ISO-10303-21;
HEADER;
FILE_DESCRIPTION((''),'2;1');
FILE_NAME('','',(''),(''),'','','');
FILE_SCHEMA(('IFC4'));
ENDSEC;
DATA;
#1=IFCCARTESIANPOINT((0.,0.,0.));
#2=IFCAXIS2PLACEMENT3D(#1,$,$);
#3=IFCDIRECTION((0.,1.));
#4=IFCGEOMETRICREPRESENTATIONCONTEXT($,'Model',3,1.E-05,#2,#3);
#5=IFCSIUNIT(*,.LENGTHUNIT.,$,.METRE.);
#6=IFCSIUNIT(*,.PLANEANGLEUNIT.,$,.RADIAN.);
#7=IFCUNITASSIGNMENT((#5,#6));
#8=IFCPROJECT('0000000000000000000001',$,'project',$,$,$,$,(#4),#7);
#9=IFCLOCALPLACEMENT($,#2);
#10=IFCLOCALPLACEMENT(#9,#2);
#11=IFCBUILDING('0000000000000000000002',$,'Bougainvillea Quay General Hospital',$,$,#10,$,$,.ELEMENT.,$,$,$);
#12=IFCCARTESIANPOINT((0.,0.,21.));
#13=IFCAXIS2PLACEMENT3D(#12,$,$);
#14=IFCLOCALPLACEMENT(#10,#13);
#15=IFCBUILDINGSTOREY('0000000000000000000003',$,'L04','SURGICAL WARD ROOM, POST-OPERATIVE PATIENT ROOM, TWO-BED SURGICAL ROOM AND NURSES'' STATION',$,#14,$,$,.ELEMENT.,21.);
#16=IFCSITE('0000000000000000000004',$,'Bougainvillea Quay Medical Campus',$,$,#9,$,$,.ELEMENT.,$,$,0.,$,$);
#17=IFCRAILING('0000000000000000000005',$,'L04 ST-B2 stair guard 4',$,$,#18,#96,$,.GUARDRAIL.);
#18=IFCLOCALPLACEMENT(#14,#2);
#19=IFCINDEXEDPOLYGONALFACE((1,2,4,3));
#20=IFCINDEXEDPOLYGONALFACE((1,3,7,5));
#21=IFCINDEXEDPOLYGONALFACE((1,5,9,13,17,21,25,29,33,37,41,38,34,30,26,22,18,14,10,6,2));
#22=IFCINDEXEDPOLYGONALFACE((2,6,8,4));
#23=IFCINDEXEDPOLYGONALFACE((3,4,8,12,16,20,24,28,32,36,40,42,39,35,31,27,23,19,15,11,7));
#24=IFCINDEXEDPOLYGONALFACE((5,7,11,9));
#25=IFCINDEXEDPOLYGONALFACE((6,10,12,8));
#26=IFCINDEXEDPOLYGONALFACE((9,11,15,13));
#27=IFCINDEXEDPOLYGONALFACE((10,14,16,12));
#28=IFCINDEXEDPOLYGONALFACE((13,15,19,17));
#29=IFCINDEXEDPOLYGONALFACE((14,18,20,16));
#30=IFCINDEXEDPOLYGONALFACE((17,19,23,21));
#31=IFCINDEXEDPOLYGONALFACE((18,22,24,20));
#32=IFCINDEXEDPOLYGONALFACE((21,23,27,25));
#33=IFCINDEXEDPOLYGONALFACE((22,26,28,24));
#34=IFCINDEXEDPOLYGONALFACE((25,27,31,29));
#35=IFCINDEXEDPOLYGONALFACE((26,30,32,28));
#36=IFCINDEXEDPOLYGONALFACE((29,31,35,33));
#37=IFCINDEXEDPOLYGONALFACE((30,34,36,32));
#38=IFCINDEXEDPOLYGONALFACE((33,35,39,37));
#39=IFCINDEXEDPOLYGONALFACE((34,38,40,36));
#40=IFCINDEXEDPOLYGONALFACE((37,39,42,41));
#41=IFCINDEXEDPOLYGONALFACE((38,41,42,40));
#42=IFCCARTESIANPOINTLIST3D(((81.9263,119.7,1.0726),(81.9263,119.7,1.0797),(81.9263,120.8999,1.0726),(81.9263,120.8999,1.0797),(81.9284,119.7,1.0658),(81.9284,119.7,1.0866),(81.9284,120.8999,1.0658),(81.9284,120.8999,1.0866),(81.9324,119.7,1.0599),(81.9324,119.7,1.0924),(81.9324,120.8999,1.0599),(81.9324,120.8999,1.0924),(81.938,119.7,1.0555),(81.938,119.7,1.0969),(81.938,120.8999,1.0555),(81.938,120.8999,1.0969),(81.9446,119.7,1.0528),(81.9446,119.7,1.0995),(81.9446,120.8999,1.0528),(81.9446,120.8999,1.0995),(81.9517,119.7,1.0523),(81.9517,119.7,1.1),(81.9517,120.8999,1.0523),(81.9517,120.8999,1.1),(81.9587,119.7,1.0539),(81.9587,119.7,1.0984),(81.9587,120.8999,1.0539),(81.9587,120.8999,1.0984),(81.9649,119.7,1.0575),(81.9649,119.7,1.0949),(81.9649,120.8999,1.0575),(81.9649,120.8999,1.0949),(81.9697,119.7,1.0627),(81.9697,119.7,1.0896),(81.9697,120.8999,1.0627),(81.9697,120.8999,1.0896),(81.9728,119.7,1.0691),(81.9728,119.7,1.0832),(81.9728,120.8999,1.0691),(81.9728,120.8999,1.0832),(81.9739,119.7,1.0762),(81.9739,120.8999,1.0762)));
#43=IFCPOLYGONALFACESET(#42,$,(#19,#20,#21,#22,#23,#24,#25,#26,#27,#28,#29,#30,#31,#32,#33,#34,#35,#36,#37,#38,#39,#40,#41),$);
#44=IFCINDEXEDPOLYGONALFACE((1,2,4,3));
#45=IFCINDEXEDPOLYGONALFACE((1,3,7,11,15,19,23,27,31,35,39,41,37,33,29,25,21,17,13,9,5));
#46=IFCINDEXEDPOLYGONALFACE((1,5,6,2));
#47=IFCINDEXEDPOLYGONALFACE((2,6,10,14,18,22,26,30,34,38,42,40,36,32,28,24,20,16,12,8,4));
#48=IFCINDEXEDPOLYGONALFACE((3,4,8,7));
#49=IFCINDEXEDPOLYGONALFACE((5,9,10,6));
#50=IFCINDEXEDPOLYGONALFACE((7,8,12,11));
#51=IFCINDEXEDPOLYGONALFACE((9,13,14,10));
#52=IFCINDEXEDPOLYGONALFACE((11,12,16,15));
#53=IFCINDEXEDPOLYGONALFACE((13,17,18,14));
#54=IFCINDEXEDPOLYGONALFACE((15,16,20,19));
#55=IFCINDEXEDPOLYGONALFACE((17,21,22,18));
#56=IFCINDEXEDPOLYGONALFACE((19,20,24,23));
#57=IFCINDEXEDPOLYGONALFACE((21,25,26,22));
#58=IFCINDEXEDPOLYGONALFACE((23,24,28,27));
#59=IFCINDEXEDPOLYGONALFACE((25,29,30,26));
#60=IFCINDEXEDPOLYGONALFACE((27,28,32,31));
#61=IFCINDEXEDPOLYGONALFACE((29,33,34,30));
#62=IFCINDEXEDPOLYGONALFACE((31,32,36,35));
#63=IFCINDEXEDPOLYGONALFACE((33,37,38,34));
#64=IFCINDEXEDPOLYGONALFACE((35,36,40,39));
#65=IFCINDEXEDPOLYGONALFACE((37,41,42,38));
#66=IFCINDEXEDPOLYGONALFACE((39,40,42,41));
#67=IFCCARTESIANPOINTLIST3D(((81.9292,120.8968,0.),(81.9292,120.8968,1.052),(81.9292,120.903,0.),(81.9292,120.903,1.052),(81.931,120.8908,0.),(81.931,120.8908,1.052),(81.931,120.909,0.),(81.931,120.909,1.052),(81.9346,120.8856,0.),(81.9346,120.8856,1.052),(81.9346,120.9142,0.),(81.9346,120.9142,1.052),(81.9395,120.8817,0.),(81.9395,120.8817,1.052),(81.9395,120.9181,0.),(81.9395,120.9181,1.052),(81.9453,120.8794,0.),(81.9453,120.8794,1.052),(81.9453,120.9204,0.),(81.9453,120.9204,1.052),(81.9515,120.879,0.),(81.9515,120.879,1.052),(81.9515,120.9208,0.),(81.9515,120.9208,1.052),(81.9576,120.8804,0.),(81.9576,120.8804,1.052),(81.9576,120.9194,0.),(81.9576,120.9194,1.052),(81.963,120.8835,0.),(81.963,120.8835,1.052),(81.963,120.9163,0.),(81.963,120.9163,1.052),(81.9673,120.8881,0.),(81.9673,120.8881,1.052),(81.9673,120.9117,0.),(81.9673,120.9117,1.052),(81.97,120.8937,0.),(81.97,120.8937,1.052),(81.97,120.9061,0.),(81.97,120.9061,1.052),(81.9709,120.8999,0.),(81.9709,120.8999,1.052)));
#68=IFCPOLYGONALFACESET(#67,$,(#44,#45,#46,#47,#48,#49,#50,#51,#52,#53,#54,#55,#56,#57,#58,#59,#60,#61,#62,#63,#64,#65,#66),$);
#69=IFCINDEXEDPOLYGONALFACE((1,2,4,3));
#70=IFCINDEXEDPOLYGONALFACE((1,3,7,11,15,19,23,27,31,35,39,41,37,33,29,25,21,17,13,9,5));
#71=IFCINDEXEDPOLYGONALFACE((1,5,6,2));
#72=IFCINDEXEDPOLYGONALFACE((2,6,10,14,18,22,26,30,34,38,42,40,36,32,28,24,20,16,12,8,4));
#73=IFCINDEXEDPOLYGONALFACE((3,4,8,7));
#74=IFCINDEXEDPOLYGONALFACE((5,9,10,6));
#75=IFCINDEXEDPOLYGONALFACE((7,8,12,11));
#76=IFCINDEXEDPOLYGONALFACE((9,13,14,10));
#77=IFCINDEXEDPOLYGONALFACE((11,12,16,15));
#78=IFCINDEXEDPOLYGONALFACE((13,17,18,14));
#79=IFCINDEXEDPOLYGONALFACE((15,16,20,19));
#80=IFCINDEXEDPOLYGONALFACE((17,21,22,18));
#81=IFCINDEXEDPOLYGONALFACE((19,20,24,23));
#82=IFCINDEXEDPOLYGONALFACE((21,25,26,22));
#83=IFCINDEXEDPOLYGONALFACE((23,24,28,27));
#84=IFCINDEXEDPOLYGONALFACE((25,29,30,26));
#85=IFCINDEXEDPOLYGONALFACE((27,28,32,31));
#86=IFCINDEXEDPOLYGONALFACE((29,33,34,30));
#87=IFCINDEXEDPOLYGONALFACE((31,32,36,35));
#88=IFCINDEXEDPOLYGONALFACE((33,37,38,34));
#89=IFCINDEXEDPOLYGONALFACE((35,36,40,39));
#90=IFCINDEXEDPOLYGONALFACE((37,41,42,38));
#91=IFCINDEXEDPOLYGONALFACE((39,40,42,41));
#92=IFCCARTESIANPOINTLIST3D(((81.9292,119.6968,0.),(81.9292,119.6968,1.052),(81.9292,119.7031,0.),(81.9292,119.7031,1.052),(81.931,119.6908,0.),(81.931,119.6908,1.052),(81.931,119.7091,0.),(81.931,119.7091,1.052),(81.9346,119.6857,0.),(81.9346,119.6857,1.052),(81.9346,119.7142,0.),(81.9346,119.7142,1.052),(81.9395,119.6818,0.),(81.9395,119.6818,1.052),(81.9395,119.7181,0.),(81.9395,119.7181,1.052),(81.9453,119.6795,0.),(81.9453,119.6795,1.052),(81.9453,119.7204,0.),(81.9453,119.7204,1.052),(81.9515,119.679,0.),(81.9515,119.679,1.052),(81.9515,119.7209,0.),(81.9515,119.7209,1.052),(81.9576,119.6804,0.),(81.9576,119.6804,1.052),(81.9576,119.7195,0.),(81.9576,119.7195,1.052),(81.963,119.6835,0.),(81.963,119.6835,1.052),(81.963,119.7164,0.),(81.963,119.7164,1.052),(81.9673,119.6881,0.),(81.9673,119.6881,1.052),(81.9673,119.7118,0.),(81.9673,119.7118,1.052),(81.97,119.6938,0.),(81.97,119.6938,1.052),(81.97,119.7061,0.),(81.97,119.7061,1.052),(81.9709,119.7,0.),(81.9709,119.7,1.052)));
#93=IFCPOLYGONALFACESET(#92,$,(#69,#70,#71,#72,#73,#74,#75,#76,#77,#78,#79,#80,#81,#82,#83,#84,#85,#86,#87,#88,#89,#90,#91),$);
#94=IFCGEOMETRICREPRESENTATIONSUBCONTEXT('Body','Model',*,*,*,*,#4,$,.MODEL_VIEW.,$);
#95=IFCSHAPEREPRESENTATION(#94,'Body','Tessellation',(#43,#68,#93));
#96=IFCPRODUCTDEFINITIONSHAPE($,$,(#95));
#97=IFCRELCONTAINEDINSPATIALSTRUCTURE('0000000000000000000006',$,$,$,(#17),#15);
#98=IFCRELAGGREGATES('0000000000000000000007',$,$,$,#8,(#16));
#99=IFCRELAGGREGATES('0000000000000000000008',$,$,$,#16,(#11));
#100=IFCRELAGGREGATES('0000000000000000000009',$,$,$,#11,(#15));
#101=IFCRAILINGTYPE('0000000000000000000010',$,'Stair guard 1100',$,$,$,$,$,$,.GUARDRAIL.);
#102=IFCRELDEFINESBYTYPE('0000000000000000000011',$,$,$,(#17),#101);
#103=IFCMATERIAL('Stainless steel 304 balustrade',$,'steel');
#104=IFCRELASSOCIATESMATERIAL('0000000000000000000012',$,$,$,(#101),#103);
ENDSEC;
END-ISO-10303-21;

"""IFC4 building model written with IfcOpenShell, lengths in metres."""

from ifc_helpers import new_model, si_unit, direction, frame, origin, origin_2d, place, context, subcontext, project, spatial, circle, extrude, material, type_object, element, save


model = new_model("IFC4")

# Units and contexts
model_context = context("Model", 3, precision=1e-05, world=origin(), true_north=direction((0.0, 1.0)))
body_context = subcontext(model_context, "Body", "Model", "MODEL_VIEW")
ifc_project = project(units=[si_unit("LENGTHUNIT", "METRE"), si_unit("PLANEANGLEUNIT", "RADIAN")], contexts=[model_context])

# Site, building, storey
site_placement = place(None, origin())
site = spatial("IfcSite", under=ifc_project, at=site_placement, Name="Bougainvillea Quay Medical Campus", CompositionType="ELEMENT", RefElevation=0.0)
building_placement = place(site_placement, origin())
building = spatial("IfcBuilding", under=site, at=building_placement, Name="Bougainvillea Quay General Hospital", CompositionType="ELEMENT")
storey_placement = place(building_placement, frame((0.0, 0.0, 21.0)))
storey = spatial("IfcBuildingStorey", under=building, at=storey_placement, Name="L04", Description="SURGICAL WARD ROOM, POST-OPERATIVE PATIENT ROOM, TWO-BED SURGICAL ROOM AND NURSES' STATION", CompositionType="ELEMENT", Elevation=21.0)

# Railing
ifc_material_1 = material(Name="Stainless steel 304 balustrade", Category="steel")
railing_type_1 = type_object("IfcRailingType", Name="Stair guard 1100", PredefinedType="GUARDRAIL", material=ifc_material_1)
railing_1_placement = place(storey_placement, frame((81.95, 120.8999, 0.0)))
element("IfcRailing", 1, at=railing_1_placement, inside=storey, type_object=railing_type_1, Name="L04 ST-B2 stair guard 4", PredefinedType="GUARDRAIL", context=body_context, shape_type="SweptSolid", body=[
    extrude(circle(Radius=0.0239, at=origin_2d()), frame((0.0, 0.0, 1.0762), z_axis=(0.0, -1.0, 0.0), x_axis=(1.0, 0.0, 0.0)), (0.0, 0.0, 1.0), 1.2),
    extrude(circle(Radius=0.021, at=origin_2d()), origin(), (0.0, 0.0, 1.0), 1.052),
    extrude(circle(Radius=0.021, at=origin_2d()), frame((0.0, -1.2, 0.0)), (0.0, 0.0, 1.0), 1.052),
])

save(model, "model.ifc")
